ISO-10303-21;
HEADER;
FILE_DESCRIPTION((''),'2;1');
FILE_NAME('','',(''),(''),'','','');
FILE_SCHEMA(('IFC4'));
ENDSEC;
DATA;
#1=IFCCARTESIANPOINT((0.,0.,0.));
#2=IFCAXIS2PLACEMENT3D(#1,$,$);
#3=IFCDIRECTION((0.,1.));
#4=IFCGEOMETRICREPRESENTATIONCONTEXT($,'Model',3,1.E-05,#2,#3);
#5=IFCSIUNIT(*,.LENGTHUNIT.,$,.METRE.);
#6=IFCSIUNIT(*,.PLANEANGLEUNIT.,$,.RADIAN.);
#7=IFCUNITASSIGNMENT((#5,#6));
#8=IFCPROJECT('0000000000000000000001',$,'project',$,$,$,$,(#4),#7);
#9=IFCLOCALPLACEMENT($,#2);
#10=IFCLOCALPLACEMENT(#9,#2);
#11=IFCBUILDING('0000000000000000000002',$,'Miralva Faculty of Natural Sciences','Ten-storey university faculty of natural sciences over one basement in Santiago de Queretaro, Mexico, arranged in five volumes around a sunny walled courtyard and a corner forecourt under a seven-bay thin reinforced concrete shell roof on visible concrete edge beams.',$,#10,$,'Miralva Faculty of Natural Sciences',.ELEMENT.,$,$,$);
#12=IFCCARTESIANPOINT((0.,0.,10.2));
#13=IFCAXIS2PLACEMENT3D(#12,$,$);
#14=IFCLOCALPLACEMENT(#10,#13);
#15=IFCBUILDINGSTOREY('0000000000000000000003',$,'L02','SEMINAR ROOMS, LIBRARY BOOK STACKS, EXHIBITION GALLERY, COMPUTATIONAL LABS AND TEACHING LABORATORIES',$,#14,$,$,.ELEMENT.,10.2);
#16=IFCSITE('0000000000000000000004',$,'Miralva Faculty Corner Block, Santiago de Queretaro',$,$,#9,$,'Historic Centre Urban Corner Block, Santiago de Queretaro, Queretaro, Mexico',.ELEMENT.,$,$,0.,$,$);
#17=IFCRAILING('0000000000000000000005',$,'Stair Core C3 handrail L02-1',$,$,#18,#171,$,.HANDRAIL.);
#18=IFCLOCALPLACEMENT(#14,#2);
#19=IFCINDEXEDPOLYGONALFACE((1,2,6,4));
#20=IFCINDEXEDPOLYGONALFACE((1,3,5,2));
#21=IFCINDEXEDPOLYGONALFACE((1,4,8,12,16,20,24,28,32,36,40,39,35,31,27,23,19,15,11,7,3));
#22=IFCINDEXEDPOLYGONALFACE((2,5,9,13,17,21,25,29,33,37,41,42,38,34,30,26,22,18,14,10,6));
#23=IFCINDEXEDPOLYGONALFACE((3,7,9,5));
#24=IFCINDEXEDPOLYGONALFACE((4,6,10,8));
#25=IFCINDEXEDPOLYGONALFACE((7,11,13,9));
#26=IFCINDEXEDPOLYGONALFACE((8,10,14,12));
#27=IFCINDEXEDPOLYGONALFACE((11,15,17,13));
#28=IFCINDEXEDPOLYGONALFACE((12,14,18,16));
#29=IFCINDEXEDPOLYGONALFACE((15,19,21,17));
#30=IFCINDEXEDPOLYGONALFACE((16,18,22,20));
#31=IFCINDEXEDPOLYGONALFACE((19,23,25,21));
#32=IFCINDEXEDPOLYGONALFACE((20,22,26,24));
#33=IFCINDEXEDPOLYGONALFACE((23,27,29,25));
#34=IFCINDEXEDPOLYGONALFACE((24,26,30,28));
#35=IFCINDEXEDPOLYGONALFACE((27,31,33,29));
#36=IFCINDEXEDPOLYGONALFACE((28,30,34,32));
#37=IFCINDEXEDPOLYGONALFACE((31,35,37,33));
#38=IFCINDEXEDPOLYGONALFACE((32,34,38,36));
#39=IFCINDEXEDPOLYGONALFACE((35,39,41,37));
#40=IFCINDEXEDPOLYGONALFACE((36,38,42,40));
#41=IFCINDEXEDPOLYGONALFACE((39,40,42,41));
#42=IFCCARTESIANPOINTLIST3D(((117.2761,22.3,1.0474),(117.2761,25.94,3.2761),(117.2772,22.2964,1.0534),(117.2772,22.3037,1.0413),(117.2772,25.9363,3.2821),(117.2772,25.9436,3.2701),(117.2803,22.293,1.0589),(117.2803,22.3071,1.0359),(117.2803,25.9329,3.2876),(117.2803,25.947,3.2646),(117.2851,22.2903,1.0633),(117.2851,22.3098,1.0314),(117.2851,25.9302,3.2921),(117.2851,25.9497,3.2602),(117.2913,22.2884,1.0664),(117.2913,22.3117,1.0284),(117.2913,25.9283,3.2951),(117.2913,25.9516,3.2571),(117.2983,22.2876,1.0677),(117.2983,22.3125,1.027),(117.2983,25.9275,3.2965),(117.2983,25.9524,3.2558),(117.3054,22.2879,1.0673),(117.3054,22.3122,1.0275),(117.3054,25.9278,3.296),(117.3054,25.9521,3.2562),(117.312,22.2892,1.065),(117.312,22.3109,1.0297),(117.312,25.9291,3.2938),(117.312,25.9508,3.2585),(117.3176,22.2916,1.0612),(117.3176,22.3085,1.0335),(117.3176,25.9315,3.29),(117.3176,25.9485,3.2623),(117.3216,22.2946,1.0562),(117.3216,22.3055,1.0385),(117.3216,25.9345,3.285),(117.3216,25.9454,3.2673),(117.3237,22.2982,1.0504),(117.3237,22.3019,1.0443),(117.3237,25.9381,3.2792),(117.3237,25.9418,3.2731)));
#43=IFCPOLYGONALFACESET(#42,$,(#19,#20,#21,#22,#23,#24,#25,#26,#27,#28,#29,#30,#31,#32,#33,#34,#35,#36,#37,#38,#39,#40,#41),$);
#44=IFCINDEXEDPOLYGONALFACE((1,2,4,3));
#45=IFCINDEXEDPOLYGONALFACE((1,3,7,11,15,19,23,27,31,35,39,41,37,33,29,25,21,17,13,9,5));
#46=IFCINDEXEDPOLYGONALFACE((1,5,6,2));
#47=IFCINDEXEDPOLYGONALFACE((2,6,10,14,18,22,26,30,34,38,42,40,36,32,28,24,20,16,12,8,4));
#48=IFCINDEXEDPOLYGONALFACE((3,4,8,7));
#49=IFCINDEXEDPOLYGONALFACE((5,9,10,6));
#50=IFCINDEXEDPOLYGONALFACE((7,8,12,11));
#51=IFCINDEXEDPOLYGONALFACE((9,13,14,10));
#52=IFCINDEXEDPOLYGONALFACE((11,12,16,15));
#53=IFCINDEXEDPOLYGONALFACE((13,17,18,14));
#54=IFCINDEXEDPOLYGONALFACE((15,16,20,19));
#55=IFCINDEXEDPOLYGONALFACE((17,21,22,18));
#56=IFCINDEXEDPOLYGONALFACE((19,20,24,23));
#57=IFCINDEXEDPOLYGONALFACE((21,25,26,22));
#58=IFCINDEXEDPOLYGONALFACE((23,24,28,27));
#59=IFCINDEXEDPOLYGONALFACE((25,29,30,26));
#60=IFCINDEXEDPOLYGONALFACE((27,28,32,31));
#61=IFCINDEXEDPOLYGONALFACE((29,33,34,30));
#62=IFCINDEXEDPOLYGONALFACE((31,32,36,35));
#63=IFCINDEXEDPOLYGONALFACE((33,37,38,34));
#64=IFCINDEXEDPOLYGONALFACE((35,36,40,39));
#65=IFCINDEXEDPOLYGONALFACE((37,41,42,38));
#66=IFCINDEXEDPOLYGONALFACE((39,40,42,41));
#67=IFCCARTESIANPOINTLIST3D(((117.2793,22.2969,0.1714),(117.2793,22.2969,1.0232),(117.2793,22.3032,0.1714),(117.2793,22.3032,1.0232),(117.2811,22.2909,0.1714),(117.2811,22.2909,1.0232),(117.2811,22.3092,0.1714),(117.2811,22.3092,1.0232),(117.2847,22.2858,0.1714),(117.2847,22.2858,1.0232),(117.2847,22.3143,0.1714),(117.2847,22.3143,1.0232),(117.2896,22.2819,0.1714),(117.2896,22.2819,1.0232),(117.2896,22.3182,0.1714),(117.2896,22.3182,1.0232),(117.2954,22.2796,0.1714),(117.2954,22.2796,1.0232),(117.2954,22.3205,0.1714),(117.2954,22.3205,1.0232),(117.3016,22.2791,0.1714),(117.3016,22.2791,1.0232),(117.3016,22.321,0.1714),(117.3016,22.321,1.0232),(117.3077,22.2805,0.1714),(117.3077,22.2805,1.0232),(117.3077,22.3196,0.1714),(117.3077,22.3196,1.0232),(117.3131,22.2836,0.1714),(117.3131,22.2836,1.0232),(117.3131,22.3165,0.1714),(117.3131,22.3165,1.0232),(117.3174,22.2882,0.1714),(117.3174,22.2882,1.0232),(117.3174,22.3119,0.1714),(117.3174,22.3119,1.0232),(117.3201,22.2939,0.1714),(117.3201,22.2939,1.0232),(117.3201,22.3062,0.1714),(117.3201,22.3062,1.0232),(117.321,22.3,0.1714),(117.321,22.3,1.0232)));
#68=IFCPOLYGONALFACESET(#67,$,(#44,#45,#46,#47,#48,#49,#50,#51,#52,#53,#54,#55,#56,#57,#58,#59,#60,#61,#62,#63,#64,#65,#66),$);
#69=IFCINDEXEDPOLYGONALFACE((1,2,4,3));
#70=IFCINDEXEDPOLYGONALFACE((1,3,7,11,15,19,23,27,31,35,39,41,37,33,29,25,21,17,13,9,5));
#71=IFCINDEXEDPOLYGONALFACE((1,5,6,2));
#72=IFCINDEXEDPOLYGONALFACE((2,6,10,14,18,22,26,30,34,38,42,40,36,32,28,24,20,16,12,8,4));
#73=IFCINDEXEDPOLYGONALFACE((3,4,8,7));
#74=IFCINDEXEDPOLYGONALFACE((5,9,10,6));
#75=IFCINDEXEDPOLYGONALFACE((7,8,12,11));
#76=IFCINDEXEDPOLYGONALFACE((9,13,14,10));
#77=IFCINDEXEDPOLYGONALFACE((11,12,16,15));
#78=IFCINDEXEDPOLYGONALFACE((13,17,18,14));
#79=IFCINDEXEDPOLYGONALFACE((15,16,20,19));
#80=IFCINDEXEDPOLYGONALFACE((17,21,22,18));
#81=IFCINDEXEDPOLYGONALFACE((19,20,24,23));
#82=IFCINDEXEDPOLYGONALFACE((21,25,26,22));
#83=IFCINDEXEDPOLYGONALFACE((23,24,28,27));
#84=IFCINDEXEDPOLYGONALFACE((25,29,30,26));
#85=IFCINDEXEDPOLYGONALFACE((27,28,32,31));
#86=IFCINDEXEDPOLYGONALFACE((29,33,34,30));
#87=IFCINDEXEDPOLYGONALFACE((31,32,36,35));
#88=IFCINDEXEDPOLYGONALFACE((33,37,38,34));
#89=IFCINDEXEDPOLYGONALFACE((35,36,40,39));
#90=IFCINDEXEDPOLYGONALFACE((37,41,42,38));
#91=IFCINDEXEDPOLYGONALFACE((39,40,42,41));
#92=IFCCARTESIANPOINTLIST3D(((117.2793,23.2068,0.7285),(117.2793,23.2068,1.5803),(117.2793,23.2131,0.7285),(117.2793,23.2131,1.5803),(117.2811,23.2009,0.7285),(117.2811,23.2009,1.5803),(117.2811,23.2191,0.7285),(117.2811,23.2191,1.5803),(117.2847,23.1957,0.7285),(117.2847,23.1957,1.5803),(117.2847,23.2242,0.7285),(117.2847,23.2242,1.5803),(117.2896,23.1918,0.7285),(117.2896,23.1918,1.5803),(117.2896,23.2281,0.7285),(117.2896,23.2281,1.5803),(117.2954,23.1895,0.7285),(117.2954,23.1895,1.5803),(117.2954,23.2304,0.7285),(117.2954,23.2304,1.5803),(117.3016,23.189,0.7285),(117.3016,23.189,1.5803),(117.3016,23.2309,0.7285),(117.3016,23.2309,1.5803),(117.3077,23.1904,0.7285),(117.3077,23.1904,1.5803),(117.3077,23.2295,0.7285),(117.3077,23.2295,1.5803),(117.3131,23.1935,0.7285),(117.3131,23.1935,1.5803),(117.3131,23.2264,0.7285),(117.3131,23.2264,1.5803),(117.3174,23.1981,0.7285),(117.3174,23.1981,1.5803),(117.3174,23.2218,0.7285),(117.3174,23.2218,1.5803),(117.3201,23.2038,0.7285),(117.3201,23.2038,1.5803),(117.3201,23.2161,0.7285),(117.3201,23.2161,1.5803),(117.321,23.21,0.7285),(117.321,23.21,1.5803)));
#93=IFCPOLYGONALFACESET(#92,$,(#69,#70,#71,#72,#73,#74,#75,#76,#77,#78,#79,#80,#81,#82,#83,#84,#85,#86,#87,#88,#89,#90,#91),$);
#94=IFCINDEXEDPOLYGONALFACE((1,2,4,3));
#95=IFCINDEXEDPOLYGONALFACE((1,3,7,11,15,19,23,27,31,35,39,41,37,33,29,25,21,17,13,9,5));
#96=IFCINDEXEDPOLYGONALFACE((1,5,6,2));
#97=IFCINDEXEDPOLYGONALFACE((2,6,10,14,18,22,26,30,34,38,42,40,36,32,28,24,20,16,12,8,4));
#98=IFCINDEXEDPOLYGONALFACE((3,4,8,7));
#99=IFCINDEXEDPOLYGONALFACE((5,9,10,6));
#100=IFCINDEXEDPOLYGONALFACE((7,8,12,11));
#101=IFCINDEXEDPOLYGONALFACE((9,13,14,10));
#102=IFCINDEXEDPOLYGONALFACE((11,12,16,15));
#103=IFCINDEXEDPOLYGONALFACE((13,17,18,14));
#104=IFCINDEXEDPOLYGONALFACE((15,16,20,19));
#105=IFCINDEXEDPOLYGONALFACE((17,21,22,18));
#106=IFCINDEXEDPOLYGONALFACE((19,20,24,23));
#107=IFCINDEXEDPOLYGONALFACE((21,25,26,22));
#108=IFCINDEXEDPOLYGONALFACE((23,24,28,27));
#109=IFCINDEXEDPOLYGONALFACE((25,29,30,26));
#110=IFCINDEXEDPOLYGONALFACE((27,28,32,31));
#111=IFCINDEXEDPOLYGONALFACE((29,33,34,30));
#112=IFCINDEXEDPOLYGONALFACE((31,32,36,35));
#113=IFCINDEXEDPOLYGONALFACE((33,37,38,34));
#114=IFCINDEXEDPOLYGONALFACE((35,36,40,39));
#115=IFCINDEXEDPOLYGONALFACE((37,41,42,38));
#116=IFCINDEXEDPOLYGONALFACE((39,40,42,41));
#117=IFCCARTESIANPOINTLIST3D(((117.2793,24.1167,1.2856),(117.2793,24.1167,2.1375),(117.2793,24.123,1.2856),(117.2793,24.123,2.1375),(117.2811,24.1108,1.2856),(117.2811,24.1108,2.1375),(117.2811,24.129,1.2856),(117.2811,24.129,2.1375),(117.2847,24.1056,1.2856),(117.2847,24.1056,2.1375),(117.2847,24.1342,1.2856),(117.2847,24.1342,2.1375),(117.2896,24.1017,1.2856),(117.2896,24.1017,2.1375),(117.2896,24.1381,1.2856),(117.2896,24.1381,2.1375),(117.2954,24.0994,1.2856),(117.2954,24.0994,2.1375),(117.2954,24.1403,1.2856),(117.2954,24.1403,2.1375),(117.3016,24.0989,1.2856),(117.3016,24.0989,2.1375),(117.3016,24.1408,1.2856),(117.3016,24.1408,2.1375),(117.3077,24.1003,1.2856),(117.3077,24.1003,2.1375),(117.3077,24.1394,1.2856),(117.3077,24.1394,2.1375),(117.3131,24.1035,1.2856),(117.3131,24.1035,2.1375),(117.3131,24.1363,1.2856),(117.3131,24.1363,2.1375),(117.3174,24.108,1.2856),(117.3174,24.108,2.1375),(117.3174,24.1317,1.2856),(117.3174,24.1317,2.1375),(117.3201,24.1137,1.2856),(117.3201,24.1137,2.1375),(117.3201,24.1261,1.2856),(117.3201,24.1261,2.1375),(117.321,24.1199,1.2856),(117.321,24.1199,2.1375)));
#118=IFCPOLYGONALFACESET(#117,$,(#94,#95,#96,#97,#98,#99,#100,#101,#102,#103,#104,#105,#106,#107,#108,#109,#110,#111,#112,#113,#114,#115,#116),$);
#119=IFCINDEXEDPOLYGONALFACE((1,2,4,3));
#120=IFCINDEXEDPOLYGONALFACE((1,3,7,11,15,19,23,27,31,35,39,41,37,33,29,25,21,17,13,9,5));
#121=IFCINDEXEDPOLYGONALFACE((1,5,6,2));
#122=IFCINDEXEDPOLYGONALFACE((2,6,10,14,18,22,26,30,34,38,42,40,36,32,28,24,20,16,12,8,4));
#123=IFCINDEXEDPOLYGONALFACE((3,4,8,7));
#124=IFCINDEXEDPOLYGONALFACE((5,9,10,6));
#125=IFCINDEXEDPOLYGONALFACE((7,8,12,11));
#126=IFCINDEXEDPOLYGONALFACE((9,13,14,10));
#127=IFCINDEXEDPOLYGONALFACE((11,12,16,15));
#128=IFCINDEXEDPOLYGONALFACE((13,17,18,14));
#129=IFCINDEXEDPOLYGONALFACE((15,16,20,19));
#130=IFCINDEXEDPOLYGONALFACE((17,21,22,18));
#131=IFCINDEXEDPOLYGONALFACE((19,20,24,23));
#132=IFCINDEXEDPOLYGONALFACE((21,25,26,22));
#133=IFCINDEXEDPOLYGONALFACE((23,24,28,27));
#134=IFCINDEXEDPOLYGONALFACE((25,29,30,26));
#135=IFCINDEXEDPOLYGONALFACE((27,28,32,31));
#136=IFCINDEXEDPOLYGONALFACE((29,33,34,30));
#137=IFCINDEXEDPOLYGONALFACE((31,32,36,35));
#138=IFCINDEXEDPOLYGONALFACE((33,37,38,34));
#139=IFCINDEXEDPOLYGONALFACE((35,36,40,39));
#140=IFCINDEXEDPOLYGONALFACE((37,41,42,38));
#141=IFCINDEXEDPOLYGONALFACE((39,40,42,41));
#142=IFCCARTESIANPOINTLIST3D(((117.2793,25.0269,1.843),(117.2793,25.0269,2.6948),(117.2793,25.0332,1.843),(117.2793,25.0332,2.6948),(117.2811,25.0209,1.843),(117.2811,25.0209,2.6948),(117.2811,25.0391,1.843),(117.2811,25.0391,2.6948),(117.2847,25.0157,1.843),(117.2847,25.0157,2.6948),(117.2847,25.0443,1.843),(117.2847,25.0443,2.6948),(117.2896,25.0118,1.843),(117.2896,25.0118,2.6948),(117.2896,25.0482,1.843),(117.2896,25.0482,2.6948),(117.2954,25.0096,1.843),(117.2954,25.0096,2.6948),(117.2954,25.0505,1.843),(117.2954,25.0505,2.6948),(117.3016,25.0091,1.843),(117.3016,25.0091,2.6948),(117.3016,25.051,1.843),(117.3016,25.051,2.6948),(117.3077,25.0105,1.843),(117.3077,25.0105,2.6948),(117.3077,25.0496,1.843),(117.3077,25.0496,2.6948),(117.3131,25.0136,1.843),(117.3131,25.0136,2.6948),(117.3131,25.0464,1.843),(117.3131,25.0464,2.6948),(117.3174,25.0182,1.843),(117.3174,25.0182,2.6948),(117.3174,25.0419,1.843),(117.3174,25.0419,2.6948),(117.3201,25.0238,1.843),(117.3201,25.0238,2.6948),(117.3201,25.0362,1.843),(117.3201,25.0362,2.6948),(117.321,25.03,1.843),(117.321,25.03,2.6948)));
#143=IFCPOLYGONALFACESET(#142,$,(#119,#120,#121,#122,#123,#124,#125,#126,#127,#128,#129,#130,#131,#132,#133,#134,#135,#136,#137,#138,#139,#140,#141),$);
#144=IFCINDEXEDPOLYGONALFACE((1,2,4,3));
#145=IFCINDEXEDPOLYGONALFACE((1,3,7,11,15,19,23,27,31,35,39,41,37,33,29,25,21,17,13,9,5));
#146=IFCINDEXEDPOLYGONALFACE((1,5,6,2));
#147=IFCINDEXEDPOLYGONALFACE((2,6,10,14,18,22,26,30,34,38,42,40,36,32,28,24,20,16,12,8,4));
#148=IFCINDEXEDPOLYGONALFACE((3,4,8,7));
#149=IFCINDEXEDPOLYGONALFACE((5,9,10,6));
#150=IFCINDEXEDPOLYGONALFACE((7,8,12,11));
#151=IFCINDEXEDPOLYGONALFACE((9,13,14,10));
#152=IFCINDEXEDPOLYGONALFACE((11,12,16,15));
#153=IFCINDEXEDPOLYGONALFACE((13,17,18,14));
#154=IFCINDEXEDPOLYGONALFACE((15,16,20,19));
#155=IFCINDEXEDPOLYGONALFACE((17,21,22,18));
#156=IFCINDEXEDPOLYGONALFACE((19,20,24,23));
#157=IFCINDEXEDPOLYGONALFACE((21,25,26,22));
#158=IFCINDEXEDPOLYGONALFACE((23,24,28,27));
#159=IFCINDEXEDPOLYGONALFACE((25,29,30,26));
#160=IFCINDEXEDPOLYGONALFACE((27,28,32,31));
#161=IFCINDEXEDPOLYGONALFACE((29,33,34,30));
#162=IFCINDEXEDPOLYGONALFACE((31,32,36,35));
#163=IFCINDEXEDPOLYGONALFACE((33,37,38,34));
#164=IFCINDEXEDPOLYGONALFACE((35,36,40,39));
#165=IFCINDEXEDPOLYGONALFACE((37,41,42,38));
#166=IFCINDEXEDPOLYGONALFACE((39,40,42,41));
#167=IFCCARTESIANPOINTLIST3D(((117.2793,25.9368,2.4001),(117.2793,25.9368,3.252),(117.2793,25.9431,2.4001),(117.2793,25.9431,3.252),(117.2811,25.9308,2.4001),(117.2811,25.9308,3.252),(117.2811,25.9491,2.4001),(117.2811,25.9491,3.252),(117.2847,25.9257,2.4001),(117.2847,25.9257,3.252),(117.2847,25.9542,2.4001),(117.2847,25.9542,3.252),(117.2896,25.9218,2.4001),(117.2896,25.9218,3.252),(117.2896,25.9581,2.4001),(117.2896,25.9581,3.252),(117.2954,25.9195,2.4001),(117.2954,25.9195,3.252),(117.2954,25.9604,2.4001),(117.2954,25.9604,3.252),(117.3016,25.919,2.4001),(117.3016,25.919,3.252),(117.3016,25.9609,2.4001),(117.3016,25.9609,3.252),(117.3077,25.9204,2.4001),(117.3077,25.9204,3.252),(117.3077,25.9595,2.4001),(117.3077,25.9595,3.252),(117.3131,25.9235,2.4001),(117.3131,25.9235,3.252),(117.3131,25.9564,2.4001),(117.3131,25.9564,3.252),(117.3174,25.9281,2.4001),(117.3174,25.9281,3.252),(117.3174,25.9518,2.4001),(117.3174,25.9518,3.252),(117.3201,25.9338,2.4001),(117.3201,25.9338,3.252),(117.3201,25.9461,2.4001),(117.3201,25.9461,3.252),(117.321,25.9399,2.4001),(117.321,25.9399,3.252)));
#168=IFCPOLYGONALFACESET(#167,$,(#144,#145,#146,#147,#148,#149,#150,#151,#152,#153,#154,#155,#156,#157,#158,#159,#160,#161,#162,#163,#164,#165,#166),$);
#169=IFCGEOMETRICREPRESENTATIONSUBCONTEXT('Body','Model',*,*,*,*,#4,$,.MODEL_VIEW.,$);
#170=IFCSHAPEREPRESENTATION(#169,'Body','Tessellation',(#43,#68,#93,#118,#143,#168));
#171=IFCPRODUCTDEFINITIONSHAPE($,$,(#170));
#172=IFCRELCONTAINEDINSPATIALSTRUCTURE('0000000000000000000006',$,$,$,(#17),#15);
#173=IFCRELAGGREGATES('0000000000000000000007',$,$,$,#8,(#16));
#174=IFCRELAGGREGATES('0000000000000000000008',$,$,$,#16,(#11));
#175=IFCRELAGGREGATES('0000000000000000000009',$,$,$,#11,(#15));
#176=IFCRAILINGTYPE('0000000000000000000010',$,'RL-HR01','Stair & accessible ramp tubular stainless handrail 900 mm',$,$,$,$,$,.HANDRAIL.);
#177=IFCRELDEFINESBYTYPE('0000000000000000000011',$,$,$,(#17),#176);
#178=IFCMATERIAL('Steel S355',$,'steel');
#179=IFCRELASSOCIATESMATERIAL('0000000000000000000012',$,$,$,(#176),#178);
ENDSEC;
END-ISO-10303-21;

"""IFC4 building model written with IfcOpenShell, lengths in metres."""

from ifc_helpers import new_model, si_unit, direction, frame, origin, origin_2d, place, context, subcontext, project, spatial, circle, extrude, material, type_object, element, save


model = new_model("IFC4")

# Units and contexts
model_context = context("Model", 3, precision=1e-05, world=origin(), true_north=direction((0.0, 1.0)))
body_context = subcontext(model_context, "Body", "Model", "MODEL_VIEW")
ifc_project = project(units=[si_unit("LENGTHUNIT", "METRE"), si_unit("PLANEANGLEUNIT", "RADIAN")], contexts=[model_context])

# Site, building, storey
site_placement = place(None, origin())
site = spatial("IfcSite", under=ifc_project, at=site_placement, Name="Miralva Faculty Corner Block, Santiago de Queretaro", LongName="Historic Centre Urban Corner Block, Santiago de Queretaro, Queretaro, Mexico", CompositionType="ELEMENT", RefElevation=0.0)
building_placement = place(site_placement, origin())
building = spatial("IfcBuilding", under=site, at=building_placement, Name="Miralva Faculty of Natural Sciences", Description="Ten-storey university faculty of natural sciences over one basement in Santiago de Queretaro, Mexico, arranged in five volumes around a sunny walled courtyard and a corner forecourt under a seven-bay thin reinforced concrete shell roof on visible concrete edge beams.", LongName="Miralva Faculty of Natural Sciences", CompositionType="ELEMENT")
storey_placement = place(building_placement, frame((0.0, 0.0, 10.2)))
storey = spatial("IfcBuildingStorey", under=building, at=storey_placement, Name="L02", Description="SEMINAR ROOMS, LIBRARY BOOK STACKS, EXHIBITION GALLERY, COMPUTATIONAL LABS AND TEACHING LABORATORIES", CompositionType="ELEMENT", Elevation=10.2)

# Railing
ifc_material_1 = material(Name="Steel S355", Category="steel")
railing_type_1 = type_object("IfcRailingType", Name="RL-HR01", Description="Stair & accessible ramp tubular stainless handrail 900 mm", PredefinedType="HANDRAIL", material=ifc_material_1)
railing_1_placement = place(storey_placement, frame((117.3, 22.3, 0.1714)))
element("IfcRailing", 1, at=railing_1_placement, inside=storey, type_object=railing_type_1, Name="Stair Core C3 handrail L02-1", PredefinedType="HANDRAIL", context=body_context, shape_type="SweptSolid", body=[
    extrude(circle(Radius=0.0239, at=origin_2d()), frame((0.0, 0.0, 0.876), z_axis=(0.0, 0.852825, 0.522197), x_axis=(-1.0, 0.0, 0.0)), (0.0, 0.0, 1.0), 4.2681),
    extrude(circle(Radius=0.021, at=origin_2d()), origin(), (0.0, 0.0, 1.0), 0.8518),
    extrude(circle(Radius=0.021, at=origin_2d()), frame((0.0, 0.9099, 0.5571)), (0.0, 0.0, 1.0), 0.8518),
    extrude(circle(Radius=0.021, at=origin_2d()), frame((0.0, 1.8198, 1.1143)), (0.0, 0.0, 1.0), 0.8518),
    extrude(circle(Radius=0.021, at=origin_2d()), frame((0.0, 2.73, 1.6716)), (0.0, 0.0, 1.0), 0.8518),
    extrude(circle(Radius=0.021, at=origin_2d()), frame((0.0, 3.6399, 2.2288)), (0.0, 0.0, 1.0), 0.8518),
])

save(model, "model.ifc")
